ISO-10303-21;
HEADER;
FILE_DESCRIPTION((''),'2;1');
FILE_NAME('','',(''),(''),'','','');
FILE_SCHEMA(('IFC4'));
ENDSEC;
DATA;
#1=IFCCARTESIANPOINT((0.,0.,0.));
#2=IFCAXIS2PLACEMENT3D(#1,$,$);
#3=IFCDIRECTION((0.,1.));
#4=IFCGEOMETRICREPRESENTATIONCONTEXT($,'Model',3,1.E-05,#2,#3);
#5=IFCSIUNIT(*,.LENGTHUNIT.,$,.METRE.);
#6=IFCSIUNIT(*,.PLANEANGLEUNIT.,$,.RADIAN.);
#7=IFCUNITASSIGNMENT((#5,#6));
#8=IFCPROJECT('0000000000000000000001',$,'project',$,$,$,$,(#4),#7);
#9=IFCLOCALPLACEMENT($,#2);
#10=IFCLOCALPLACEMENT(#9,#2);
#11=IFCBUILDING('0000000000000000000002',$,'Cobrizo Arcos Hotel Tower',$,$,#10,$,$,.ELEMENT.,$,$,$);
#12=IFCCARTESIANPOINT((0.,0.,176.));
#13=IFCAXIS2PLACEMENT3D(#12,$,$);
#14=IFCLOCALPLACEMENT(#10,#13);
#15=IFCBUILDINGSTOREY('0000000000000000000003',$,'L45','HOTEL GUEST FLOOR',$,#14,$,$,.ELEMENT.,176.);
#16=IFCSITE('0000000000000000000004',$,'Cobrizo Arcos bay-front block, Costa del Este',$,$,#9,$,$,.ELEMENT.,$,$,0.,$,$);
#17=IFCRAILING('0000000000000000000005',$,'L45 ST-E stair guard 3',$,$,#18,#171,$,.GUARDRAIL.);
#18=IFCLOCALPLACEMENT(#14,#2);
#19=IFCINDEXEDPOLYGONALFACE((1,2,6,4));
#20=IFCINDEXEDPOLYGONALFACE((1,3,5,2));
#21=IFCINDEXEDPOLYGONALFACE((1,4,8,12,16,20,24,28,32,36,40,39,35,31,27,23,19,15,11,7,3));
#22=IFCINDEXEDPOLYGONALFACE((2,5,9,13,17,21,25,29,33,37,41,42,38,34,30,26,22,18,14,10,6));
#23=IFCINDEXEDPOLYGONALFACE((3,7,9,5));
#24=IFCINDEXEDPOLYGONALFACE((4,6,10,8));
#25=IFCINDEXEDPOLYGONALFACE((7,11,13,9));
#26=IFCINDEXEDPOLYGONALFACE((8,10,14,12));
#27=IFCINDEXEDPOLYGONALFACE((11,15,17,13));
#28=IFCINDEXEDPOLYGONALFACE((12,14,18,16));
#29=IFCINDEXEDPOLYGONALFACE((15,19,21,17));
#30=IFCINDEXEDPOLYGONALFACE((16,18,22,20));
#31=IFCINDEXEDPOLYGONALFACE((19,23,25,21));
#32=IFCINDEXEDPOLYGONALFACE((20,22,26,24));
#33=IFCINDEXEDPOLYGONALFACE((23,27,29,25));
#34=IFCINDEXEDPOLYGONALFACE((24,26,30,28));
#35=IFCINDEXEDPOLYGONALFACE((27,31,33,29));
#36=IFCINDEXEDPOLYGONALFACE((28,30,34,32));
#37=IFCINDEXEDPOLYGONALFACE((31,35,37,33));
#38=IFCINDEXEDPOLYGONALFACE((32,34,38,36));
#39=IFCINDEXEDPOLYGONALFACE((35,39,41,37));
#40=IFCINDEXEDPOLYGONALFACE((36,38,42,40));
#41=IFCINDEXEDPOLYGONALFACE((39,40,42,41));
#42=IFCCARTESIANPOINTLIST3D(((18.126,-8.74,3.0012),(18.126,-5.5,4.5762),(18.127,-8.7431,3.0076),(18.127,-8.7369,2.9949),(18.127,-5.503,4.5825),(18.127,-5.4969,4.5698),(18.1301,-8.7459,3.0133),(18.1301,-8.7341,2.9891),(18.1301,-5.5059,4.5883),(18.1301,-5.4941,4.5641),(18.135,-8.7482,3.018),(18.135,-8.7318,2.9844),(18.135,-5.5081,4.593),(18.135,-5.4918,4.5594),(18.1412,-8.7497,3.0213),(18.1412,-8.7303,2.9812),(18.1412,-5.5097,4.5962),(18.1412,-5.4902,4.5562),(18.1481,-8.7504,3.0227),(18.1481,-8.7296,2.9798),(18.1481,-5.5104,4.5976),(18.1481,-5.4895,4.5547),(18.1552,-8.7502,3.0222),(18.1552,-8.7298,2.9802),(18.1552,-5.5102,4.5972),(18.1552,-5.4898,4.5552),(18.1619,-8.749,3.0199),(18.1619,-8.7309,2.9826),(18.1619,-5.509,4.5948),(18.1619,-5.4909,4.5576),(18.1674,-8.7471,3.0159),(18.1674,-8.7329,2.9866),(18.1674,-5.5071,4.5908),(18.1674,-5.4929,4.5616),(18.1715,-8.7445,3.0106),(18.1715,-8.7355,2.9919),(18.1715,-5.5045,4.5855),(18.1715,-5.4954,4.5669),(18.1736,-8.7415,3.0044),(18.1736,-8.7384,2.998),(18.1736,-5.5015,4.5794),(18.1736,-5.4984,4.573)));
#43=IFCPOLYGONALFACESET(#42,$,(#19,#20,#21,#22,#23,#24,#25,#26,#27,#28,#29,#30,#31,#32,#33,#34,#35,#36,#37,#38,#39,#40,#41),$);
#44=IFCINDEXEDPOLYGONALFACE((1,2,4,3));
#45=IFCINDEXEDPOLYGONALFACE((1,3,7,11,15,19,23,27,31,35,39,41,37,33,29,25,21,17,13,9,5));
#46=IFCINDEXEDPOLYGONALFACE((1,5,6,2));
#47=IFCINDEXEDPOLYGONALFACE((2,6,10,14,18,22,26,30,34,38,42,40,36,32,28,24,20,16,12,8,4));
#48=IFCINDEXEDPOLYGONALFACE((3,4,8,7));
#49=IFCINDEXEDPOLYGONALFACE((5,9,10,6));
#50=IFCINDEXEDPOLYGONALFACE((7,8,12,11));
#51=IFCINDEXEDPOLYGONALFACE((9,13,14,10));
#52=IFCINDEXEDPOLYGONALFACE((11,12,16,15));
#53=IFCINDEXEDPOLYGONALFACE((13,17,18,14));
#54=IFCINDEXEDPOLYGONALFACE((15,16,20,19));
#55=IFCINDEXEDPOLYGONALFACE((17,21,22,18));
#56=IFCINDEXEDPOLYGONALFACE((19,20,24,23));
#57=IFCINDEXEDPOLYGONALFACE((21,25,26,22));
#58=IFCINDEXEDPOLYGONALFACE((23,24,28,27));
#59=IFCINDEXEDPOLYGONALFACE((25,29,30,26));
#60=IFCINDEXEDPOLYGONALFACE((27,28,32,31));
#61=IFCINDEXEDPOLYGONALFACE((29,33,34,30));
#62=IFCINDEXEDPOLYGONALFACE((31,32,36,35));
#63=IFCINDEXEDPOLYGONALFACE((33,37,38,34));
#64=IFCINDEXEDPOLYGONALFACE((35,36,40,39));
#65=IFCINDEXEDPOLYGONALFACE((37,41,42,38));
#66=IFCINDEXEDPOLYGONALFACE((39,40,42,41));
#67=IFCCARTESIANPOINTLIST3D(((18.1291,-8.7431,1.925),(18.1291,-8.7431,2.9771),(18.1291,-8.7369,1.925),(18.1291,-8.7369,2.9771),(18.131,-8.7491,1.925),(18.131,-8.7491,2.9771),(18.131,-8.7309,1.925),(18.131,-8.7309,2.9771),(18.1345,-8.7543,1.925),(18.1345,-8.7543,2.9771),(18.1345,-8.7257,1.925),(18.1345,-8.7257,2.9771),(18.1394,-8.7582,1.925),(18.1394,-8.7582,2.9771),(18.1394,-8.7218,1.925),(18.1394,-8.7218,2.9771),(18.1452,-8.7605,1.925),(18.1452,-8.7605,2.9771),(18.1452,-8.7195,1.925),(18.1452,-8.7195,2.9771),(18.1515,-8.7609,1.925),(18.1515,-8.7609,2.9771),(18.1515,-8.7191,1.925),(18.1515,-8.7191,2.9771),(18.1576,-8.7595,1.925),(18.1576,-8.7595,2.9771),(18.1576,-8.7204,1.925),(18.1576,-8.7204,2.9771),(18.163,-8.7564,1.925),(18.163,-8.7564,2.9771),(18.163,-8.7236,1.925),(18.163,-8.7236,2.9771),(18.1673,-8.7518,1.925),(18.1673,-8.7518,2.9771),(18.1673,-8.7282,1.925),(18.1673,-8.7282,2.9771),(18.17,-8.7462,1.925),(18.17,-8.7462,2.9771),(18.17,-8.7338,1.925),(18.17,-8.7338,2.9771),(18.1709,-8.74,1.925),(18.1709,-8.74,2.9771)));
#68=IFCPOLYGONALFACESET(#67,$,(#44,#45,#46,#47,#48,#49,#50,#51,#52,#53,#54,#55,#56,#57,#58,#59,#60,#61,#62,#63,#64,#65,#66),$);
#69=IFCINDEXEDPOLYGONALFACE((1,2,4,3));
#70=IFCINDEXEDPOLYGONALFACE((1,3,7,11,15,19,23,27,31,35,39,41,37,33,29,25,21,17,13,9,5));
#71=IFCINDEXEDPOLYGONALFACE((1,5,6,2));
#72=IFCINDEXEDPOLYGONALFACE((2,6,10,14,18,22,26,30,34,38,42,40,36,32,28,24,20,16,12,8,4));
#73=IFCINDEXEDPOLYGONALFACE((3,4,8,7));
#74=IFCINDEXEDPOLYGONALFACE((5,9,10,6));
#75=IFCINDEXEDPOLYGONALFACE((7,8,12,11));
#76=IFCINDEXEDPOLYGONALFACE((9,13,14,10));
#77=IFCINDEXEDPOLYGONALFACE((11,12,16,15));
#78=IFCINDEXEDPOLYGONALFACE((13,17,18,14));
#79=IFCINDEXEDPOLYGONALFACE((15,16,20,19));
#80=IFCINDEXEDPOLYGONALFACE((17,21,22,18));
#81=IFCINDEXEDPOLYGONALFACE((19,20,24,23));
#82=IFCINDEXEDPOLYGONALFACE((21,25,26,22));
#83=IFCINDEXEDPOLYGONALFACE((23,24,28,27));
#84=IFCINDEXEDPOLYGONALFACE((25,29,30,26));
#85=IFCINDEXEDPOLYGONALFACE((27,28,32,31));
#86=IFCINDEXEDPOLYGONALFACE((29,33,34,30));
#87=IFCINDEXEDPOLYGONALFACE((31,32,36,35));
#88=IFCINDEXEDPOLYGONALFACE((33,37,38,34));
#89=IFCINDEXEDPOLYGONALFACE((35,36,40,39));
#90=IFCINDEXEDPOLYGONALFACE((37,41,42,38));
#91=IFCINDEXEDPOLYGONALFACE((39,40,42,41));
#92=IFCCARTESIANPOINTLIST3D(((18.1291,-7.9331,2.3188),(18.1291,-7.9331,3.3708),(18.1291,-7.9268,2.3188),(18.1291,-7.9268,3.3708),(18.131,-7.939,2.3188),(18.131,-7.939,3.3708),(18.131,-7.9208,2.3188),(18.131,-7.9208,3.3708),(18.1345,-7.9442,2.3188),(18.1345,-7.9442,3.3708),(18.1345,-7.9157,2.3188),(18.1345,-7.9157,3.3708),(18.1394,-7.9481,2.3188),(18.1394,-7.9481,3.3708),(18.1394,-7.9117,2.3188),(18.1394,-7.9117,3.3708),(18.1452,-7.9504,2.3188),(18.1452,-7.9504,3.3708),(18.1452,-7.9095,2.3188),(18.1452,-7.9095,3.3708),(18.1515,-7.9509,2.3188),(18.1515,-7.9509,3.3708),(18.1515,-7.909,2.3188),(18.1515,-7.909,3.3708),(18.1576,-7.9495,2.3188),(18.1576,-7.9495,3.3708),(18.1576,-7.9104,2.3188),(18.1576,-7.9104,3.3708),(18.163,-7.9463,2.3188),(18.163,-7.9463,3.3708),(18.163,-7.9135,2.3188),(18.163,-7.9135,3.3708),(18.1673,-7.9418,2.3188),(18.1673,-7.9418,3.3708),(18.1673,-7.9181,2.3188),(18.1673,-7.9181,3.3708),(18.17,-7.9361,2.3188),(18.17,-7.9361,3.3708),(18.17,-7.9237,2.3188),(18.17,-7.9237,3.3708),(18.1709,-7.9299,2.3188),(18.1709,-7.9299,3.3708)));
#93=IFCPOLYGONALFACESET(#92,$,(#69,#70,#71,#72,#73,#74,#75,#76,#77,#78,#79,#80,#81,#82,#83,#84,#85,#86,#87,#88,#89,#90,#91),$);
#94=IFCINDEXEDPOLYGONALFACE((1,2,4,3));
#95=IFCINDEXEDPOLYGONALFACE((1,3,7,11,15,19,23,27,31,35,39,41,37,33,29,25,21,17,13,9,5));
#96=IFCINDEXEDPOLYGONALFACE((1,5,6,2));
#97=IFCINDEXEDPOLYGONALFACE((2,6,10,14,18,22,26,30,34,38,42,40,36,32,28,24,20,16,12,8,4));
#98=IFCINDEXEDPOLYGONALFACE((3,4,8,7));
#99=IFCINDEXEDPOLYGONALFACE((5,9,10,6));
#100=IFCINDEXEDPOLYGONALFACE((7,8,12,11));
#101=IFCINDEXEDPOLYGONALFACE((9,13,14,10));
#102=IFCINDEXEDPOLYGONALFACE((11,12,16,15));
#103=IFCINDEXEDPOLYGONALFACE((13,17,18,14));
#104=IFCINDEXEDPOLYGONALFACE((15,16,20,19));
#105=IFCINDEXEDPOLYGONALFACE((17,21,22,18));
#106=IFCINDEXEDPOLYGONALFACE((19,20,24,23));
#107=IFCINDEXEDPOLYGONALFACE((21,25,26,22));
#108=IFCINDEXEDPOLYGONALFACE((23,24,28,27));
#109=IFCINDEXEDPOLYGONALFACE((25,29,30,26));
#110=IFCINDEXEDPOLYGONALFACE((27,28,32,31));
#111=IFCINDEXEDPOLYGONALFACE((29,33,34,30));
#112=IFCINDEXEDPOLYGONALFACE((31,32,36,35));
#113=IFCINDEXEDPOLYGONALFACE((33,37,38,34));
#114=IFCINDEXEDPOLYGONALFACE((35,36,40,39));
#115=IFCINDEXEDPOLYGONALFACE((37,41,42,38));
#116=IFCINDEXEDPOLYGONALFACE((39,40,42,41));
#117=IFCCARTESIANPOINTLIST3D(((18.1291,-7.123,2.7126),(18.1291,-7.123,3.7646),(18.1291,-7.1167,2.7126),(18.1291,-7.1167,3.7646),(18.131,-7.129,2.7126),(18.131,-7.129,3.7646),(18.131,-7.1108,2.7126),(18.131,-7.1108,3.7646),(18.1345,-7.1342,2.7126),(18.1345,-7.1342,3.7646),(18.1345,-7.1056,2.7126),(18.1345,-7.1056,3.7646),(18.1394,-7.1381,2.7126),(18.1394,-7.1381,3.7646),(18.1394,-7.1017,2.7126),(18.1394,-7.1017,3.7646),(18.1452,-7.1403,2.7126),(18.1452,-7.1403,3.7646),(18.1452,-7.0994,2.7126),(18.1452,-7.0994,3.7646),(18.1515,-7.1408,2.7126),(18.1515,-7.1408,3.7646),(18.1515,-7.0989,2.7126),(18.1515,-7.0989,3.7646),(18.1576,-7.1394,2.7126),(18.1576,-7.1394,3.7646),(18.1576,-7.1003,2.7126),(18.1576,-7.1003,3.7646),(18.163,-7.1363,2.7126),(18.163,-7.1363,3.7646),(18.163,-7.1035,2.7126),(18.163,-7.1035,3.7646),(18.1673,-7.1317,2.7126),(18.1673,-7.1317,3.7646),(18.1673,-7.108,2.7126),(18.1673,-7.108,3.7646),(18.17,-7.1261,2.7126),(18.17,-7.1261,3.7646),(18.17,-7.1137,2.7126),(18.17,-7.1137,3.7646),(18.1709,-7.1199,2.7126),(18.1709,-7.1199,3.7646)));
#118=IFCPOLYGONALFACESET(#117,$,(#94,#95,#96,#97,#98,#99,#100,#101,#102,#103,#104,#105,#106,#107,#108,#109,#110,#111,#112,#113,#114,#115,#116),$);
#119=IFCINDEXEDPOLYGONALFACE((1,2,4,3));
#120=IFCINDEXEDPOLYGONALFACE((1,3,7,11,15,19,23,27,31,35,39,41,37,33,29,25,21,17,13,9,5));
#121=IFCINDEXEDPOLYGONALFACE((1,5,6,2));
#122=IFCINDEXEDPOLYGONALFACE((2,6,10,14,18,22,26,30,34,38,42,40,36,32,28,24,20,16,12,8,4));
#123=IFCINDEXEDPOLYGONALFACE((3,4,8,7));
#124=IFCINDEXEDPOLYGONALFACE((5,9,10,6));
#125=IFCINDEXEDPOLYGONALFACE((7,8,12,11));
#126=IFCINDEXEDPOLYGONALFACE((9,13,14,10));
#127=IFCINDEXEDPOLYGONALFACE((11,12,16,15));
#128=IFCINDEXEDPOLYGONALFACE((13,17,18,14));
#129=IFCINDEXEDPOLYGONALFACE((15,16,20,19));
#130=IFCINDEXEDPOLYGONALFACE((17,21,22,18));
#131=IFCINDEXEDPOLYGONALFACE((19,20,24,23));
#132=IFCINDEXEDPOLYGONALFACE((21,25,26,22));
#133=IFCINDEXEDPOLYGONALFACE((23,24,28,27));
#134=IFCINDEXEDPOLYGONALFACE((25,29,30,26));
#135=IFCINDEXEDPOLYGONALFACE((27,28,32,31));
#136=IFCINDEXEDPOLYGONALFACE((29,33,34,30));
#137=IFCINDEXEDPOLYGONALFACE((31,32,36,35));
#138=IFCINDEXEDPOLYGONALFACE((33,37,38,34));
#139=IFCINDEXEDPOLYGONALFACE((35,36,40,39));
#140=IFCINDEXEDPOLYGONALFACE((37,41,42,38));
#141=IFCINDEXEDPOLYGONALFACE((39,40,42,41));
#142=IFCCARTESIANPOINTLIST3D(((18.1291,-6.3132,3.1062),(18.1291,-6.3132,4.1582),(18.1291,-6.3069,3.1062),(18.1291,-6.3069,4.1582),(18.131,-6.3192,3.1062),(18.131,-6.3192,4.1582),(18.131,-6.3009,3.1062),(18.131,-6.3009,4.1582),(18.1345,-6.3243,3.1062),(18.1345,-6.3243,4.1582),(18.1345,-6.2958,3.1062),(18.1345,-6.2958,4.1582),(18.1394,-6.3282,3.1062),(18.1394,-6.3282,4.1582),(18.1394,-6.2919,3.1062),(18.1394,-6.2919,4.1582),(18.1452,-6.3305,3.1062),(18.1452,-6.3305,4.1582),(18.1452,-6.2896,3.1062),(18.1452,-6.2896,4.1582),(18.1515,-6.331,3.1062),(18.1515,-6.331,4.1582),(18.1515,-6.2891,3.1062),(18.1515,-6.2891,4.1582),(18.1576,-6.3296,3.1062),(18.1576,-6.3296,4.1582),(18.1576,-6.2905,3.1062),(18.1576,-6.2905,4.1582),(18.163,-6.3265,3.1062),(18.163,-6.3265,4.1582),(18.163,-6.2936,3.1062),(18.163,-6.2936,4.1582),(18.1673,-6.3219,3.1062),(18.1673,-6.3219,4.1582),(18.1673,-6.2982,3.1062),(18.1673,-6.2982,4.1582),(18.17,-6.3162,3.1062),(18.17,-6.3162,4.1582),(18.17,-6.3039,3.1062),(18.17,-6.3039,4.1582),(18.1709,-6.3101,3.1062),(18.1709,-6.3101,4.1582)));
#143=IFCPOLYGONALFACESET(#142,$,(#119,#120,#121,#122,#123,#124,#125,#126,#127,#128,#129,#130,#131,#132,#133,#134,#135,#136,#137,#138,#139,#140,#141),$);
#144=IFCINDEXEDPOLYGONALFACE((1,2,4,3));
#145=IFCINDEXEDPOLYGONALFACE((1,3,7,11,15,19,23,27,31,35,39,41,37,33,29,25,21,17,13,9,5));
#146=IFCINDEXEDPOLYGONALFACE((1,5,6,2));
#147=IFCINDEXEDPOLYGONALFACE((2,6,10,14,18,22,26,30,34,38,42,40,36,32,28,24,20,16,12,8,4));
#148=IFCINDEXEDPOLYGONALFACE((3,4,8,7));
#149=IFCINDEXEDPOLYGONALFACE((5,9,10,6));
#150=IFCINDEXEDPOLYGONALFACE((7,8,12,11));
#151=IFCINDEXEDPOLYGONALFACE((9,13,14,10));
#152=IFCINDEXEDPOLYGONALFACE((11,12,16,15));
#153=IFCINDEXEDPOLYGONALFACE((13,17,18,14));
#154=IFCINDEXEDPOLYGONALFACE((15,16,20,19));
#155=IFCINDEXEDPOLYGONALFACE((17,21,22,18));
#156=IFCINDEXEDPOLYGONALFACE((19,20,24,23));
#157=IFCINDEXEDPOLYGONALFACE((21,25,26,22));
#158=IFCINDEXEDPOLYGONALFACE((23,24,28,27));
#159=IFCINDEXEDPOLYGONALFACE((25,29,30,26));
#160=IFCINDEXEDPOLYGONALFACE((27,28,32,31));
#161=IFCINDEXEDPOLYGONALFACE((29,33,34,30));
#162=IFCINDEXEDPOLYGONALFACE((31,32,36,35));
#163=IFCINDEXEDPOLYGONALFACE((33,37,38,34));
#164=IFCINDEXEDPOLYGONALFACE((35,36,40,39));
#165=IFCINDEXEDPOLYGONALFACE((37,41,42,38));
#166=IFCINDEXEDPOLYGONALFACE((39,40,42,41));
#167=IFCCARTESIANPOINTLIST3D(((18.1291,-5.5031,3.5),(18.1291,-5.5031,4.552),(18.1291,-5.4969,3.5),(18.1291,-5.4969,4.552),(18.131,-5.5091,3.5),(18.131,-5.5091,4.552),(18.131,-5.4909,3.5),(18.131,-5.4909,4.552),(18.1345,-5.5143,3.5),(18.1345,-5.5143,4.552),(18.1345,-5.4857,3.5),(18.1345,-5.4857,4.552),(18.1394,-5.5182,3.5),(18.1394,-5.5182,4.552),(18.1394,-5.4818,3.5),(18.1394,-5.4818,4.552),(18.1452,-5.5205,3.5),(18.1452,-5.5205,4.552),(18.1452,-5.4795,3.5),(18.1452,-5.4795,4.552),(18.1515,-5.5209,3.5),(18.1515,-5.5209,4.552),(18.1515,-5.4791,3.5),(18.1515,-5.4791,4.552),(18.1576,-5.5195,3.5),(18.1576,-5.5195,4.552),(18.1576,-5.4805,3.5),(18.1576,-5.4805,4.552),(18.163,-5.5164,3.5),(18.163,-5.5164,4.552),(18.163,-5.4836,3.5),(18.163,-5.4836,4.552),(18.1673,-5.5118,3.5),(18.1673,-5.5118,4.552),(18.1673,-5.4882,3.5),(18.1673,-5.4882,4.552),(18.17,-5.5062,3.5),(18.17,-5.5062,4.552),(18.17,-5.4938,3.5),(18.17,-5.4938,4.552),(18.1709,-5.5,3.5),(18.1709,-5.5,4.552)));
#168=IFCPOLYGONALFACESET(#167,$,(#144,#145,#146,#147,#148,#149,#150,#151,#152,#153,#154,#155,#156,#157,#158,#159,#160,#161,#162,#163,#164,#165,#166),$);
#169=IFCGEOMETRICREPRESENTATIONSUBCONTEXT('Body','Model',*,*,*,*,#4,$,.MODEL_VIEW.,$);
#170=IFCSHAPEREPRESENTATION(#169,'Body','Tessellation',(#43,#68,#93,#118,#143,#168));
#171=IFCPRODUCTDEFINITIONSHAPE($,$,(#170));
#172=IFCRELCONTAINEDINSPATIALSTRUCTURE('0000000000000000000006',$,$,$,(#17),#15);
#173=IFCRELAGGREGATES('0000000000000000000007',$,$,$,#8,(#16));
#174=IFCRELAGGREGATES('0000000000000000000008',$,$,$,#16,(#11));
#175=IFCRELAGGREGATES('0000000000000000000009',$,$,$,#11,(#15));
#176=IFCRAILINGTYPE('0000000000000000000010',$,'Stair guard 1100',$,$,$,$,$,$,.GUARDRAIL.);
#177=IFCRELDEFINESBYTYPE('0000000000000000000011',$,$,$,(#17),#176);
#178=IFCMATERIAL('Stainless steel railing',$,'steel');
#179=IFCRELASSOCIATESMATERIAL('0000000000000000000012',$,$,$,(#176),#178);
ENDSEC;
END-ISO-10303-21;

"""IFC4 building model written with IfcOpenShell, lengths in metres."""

from ifc_helpers import new_model, si_unit, direction, frame, origin, origin_2d, place, context, subcontext, project, spatial, circle, extrude, material, type_object, element, save


model = new_model("IFC4")

# Units and contexts
model_context = context("Model", 3, precision=1e-05, world=origin(), true_north=direction((0.0, 1.0)))
body_context = subcontext(model_context, "Body", "Model", "MODEL_VIEW")
ifc_project = project(units=[si_unit("LENGTHUNIT", "METRE"), si_unit("PLANEANGLEUNIT", "RADIAN")], contexts=[model_context])

# Site, building, storey
site_placement = place(None, origin())
site = spatial("IfcSite", under=ifc_project, at=site_placement, Name="Cobrizo Arcos bay-front block, Costa del Este", CompositionType="ELEMENT", RefElevation=0.0)
building_placement = place(site_placement, origin())
building = spatial("IfcBuilding", under=site, at=building_placement, Name="Cobrizo Arcos Hotel Tower", CompositionType="ELEMENT")
storey_placement = place(building_placement, frame((0.0, 0.0, 176.0)))
storey = spatial("IfcBuildingStorey", under=building, at=storey_placement, Name="L45", Description="HOTEL GUEST FLOOR", CompositionType="ELEMENT", Elevation=176.0)

# Railing
ifc_material_1 = material(Name="Stainless steel railing", Category="steel")
railing_type_1 = type_object("IfcRailingType", Name="Stair guard 1100", PredefinedType="GUARDRAIL", material=ifc_material_1)
railing_1_placement = place(storey_placement, frame((18.1499, -8.74, 1.925)))
element("IfcRailing", 1, at=railing_1_placement, inside=storey, type_object=railing_type_1, Name="L45 ST-E stair guard 3", PredefinedType="GUARDRAIL", context=body_context, shape_type="SweptSolid", body=[
    extrude(circle(Radius=0.0239, at=origin_2d()), frame((0.0, 0.0, 1.0762), z_axis=(0.0, 0.899373, 0.437183), x_axis=(-1.0, 0.0, 0.0)), (0.0, 0.0, 1.0), 3.6025),
    extrude(circle(Radius=0.021, at=origin_2d()), origin(), (0.0, 0.0, 1.0), 1.052),
    extrude(circle(Radius=0.021, at=origin_2d()), frame((0.0, 0.8101, 0.3938)), (0.0, 0.0, 1.0), 1.052),
    extrude(circle(Radius=0.021, at=origin_2d()), frame((0.0, 1.6201, 0.7876)), (0.0, 0.0, 1.0), 1.052),
    extrude(circle(Radius=0.021, at=origin_2d()), frame((0.0, 2.4299, 1.1812)), (0.0, 0.0, 1.0), 1.052),
    extrude(circle(Radius=0.021, at=origin_2d()), frame((0.0, 3.24, 1.575)), (0.0, 0.0, 1.0), 1.052),
])

save(model, "model.ifc")
